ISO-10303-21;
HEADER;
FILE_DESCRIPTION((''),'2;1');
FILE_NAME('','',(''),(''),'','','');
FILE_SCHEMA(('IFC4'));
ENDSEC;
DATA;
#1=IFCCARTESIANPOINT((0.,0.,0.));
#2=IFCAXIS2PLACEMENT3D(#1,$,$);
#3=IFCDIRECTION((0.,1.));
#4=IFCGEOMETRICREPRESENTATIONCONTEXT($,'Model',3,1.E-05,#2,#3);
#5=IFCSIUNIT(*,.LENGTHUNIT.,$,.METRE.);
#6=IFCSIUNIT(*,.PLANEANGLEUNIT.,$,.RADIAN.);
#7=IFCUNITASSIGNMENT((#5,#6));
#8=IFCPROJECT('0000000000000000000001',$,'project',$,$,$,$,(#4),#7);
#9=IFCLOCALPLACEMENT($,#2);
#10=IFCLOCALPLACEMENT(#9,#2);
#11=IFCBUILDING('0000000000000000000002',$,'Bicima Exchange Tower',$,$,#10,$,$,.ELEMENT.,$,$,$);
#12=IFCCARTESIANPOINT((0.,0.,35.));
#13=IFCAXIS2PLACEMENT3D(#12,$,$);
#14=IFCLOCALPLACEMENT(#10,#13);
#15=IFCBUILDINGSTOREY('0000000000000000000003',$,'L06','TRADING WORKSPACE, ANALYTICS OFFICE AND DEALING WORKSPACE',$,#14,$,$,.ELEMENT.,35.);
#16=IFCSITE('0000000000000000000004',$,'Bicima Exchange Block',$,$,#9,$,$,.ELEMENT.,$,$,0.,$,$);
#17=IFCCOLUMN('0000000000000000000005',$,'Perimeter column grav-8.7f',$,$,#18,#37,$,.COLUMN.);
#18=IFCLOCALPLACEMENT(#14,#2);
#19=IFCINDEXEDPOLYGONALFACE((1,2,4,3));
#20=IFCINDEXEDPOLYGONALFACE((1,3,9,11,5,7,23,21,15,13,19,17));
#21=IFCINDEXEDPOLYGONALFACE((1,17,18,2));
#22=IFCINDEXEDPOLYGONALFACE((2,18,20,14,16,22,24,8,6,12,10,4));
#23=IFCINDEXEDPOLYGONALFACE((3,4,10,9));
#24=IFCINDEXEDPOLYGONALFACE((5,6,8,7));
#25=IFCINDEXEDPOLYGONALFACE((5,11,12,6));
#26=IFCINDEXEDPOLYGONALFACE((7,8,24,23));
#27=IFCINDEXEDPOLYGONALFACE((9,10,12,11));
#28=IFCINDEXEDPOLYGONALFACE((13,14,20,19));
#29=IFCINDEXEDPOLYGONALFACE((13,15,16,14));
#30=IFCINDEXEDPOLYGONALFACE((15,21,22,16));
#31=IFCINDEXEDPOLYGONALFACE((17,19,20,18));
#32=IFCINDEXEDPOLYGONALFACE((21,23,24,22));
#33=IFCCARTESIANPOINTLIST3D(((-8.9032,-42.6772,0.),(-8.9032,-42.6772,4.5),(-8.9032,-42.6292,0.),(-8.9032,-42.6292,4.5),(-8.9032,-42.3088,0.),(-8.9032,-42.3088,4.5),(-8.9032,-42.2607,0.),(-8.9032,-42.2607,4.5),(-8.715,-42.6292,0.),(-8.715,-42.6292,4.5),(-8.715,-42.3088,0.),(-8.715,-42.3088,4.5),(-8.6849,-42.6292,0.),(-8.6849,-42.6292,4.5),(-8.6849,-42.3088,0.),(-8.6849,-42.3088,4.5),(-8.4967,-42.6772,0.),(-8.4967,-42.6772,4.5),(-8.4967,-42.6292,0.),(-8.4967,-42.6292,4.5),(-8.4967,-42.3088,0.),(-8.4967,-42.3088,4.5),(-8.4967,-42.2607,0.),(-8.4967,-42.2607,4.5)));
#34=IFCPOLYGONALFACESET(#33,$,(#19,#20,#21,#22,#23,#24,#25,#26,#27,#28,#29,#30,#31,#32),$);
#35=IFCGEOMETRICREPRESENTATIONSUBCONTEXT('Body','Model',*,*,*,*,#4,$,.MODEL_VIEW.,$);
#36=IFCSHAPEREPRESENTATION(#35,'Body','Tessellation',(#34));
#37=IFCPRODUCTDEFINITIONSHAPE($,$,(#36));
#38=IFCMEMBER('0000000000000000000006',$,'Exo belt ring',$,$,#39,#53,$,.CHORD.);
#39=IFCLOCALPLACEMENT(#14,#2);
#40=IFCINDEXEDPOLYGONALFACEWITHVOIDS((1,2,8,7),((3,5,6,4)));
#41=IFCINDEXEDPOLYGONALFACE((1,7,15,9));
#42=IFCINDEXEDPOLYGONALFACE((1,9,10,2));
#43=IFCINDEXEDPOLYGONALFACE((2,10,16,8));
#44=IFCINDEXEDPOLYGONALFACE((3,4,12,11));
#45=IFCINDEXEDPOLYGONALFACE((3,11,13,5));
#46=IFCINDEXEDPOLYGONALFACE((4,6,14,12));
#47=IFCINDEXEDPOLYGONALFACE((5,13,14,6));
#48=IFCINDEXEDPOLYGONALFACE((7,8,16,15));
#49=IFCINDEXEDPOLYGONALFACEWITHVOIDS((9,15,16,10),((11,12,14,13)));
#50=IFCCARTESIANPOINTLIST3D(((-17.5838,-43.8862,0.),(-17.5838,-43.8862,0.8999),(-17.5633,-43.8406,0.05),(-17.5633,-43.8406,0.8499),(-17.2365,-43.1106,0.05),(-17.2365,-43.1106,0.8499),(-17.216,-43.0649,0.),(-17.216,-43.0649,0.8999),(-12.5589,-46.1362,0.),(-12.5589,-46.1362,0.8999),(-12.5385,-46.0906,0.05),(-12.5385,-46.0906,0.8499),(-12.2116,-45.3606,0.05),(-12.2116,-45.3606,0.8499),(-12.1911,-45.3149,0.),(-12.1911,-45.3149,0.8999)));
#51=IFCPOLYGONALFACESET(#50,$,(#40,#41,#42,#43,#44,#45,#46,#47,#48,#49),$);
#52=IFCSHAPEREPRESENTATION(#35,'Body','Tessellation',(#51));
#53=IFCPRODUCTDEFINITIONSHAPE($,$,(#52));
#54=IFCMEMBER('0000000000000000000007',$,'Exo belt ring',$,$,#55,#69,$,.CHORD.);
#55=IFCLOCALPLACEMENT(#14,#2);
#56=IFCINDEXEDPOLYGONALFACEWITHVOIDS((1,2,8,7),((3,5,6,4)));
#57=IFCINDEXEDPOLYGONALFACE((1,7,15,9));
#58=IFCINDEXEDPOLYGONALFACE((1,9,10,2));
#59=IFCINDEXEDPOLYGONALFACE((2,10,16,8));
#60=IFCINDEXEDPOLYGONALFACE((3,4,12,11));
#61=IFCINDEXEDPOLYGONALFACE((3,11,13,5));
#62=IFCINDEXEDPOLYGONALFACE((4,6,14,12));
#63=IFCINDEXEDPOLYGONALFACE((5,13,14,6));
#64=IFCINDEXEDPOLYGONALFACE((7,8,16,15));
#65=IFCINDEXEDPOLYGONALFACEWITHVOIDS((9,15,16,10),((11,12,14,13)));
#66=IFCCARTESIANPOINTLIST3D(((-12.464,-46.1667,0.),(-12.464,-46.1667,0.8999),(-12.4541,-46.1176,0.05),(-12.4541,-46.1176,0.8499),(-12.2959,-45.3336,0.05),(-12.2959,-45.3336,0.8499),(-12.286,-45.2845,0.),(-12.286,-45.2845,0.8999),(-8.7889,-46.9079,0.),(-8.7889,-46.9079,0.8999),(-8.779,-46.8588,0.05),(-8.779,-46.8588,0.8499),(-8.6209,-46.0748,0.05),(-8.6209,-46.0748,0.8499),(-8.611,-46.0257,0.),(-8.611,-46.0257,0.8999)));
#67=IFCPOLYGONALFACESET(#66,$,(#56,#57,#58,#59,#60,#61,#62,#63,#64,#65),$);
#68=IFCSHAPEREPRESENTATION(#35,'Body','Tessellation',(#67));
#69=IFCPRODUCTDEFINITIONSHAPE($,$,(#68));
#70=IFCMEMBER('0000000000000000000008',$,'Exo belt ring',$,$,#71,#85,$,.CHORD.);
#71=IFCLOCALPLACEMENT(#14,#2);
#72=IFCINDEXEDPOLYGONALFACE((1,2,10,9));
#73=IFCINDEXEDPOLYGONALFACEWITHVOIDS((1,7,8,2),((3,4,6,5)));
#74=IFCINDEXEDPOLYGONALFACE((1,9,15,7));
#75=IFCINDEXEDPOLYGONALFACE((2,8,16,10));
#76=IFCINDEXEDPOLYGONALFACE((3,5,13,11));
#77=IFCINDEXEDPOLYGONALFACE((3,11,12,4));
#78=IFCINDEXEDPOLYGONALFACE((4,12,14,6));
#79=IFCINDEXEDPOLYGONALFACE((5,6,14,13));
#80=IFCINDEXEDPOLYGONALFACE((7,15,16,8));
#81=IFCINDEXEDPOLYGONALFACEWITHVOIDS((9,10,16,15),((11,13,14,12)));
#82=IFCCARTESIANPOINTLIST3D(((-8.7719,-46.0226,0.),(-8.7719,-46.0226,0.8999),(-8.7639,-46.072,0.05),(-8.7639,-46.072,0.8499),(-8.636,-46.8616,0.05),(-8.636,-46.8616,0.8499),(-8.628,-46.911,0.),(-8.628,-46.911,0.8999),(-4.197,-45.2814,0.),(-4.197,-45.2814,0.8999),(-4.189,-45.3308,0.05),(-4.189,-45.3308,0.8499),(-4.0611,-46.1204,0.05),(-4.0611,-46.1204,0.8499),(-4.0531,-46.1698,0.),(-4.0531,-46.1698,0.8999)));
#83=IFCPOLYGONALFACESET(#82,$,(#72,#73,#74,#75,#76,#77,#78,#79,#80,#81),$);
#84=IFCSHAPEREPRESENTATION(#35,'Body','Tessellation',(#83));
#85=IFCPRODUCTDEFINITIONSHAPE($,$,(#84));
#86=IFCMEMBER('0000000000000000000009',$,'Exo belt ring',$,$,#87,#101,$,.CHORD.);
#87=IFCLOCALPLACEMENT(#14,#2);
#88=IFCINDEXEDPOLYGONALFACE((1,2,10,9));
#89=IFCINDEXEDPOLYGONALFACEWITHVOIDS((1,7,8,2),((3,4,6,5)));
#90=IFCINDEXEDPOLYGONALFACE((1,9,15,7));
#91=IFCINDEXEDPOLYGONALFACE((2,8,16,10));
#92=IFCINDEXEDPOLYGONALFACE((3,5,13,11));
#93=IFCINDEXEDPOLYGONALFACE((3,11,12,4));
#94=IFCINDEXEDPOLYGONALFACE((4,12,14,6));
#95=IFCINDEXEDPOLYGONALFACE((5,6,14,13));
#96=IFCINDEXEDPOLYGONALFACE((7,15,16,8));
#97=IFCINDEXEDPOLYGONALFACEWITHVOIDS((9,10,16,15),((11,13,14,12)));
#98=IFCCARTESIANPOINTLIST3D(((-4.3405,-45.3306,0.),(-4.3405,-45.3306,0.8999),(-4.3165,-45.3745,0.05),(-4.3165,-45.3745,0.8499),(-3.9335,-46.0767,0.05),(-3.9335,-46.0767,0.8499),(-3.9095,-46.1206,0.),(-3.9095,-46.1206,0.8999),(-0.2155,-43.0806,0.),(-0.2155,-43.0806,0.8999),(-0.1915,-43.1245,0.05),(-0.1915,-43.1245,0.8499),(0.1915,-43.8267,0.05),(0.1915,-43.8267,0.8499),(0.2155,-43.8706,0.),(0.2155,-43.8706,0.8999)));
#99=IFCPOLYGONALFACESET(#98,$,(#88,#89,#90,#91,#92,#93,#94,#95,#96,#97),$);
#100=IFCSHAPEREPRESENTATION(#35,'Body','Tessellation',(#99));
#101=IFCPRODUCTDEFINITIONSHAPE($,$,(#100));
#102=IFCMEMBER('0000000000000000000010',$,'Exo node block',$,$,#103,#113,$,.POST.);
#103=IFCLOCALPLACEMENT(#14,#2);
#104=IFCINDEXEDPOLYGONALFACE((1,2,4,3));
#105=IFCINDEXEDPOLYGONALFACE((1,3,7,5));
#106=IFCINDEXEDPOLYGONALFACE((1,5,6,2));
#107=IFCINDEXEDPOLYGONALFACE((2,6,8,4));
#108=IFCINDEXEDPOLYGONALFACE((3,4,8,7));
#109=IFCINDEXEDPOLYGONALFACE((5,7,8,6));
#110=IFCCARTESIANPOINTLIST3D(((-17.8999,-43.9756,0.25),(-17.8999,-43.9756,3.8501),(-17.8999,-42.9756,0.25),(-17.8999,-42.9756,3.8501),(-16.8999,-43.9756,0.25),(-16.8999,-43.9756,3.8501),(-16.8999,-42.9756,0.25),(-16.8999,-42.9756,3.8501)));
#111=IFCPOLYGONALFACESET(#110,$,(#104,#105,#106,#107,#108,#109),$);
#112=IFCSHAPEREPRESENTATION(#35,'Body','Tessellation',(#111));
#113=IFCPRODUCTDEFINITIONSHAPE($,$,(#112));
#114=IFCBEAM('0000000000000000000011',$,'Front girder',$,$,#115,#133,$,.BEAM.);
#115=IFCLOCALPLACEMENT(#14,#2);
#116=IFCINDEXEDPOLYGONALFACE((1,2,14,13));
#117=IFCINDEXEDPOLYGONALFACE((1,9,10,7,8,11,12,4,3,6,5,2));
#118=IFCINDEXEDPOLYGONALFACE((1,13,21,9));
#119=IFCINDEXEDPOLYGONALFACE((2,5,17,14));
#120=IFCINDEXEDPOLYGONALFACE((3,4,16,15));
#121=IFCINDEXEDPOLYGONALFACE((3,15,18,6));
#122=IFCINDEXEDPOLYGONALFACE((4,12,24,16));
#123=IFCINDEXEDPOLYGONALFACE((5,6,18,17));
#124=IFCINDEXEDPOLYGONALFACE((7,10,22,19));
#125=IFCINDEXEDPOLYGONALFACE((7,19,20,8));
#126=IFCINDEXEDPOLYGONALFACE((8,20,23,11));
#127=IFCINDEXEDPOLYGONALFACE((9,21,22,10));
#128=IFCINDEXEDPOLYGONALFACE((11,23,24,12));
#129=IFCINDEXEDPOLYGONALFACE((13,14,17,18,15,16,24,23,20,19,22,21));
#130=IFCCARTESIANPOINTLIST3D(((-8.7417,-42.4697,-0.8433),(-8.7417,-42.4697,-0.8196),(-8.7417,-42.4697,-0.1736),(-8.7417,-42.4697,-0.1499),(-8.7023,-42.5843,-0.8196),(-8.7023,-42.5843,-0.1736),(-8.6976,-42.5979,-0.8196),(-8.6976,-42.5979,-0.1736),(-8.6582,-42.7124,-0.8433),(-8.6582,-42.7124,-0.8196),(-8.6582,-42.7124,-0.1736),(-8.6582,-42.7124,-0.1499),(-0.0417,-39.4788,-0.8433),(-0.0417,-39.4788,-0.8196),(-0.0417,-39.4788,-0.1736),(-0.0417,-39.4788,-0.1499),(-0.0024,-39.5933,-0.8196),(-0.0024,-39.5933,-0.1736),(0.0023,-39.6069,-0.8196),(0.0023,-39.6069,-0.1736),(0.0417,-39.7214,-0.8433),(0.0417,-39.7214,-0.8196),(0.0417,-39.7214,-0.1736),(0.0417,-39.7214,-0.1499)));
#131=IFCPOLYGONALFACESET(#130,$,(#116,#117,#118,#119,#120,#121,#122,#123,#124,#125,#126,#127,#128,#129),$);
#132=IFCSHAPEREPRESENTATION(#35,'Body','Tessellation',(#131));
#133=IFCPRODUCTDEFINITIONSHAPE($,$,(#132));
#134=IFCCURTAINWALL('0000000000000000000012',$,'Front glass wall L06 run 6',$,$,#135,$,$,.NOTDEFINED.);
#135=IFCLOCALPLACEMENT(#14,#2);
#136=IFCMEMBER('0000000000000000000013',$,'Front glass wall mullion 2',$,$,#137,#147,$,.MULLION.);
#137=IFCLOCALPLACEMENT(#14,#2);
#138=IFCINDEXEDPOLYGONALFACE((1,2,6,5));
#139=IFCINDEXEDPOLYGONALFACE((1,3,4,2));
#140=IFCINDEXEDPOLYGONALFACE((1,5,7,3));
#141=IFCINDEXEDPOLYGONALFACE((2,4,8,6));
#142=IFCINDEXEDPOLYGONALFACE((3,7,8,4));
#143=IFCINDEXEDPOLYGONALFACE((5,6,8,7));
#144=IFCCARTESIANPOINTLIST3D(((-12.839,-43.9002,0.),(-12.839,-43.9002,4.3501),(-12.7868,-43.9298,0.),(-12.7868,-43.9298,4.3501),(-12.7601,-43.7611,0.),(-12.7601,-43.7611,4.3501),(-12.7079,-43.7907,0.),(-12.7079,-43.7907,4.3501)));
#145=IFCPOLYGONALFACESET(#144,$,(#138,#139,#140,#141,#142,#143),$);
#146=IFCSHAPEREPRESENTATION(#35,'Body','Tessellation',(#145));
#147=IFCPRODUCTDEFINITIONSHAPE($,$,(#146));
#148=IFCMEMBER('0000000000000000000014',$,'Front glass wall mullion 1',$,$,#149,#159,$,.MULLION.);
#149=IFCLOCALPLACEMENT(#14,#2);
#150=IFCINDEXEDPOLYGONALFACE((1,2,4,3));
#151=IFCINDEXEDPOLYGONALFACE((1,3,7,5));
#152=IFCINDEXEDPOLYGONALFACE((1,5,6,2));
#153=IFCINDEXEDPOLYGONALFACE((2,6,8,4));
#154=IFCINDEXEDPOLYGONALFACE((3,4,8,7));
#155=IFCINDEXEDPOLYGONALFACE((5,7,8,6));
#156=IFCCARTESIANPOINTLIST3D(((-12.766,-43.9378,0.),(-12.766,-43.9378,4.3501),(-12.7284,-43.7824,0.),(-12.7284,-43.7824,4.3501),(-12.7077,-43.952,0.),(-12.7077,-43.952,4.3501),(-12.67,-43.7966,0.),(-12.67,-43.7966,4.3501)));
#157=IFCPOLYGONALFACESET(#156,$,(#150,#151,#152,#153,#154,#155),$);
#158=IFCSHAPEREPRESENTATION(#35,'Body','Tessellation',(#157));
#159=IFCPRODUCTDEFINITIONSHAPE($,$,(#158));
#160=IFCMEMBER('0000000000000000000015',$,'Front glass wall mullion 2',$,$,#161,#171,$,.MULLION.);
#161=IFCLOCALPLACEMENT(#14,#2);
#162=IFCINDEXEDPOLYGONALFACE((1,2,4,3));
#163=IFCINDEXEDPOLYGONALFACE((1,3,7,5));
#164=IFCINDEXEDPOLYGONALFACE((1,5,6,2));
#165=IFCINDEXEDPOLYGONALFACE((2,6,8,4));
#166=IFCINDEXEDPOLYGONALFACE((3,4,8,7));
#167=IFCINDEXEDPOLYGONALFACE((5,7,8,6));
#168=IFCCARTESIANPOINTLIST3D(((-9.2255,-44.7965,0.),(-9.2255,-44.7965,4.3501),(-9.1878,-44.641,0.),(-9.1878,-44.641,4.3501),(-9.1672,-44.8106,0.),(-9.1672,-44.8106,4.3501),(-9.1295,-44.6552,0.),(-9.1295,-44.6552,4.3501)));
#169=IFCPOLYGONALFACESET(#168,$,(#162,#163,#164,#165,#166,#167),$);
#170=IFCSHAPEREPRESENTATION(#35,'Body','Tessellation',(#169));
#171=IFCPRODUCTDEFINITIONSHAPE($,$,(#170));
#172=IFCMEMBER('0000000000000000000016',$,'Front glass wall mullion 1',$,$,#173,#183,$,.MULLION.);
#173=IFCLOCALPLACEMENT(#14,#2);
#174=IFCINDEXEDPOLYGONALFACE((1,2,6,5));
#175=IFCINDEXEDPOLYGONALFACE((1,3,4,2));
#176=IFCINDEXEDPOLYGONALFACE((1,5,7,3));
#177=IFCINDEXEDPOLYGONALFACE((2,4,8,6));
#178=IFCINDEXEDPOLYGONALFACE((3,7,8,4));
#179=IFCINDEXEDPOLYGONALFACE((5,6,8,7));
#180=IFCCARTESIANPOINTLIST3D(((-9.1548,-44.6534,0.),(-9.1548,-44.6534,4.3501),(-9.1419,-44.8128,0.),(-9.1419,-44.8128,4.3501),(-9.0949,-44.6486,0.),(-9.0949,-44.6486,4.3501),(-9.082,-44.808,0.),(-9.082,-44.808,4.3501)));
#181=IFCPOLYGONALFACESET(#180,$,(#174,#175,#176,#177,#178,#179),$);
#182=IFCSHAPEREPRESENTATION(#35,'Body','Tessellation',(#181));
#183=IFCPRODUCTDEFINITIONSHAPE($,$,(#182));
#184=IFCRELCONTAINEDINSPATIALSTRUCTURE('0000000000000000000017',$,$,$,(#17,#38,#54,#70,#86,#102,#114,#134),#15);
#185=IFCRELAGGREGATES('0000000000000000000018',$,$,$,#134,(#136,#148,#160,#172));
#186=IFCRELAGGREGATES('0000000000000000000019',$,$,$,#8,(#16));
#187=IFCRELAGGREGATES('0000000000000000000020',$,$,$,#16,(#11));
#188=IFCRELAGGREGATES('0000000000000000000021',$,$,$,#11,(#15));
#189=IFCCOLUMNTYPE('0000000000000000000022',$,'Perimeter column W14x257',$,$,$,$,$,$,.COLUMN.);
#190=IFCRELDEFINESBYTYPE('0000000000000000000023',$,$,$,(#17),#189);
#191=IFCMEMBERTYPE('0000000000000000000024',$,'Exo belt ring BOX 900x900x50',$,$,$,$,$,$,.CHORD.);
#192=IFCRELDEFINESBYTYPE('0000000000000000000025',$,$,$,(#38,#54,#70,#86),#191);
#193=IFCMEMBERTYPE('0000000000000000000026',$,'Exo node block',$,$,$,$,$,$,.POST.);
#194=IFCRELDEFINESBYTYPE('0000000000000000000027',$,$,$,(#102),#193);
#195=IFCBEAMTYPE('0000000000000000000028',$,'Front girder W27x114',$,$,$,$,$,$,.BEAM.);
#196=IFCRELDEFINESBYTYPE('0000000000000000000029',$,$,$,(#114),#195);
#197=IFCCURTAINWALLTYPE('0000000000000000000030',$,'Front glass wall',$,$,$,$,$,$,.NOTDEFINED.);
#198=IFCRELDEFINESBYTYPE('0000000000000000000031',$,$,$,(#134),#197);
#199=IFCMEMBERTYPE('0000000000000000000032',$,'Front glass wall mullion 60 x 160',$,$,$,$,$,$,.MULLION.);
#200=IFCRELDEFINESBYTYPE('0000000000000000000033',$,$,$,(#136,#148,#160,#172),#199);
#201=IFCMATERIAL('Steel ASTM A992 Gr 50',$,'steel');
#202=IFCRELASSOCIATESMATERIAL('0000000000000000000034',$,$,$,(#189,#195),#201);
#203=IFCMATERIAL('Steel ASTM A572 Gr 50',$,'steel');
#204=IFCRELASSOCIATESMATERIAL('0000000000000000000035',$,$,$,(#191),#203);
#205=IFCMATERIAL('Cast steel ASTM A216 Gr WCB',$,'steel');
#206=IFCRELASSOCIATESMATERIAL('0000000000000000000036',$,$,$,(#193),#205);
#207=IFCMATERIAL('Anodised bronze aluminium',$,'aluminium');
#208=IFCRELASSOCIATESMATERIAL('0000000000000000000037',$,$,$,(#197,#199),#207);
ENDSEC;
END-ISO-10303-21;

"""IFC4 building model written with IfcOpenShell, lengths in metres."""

from ifc_helpers import new_model, si_unit, direction, frame, origin, origin_2d, place, context, subcontext, project, spatial, rectangle, hollow_rectangle, i_section, extrude, material, material_profile, profile_set, type_object, element, aggregate, save


model = new_model("IFC4")

# Units and contexts
model_context = context("Model", 3, precision=1e-05, world=origin(), true_north=direction((0.0, 1.0)))
body_context = subcontext(model_context, "Body", "Model", "MODEL_VIEW")
ifc_project = project(units=[si_unit("LENGTHUNIT", "METRE"), si_unit("PLANEANGLEUNIT", "RADIAN")], contexts=[model_context])

# Site, building, storey
site_placement = place(None, origin())
site = spatial("IfcSite", under=ifc_project, at=site_placement, Name="Bicima Exchange Block", CompositionType="ELEMENT", RefElevation=0.0)
building_placement = place(site_placement, origin())
building = spatial("IfcBuilding", under=site, at=building_placement, Name="Bicima Exchange Tower", CompositionType="ELEMENT")
storey_placement = place(building_placement, frame((0.0, 0.0, 35.0)))
storey = spatial("IfcBuildingStorey", under=building, at=storey_placement, Name="L06", Description="TRADING WORKSPACE, ANALYTICS OFFICE AND DEALING WORKSPACE", CompositionType="ELEMENT", Elevation=35.0)

# Column
ifc_material_1 = material(Name="Steel ASTM A992 Gr 50", Category="steel")
ifc_material_profile_1 = material_profile(ifc_material_1, i_section(OverallWidth=0.4065, OverallDepth=0.4165, WebThickness=0.03, FlangeThickness=0.0481, at=origin_2d()))
ifc_profile_set_1 = profile_set([ifc_material_profile_1], Name="Steel ASTM A992 Gr 50")
column_type = type_object("IfcColumnType", Name="Perimeter column W14x257", PredefinedType="COLUMN", material=ifc_profile_set_1)
column_placement = place(storey_placement, frame((-8.7, -42.469, 0.0), z_axis=(0.0, 0.0, 1.0), x_axis=(1.0, 0.0, 0.0)))
element("IfcColumn", 1, at=column_placement, inside=storey, type_object=column_type, Name="Perimeter column grav-8.7f", PredefinedType="COLUMN", context=body_context, shape_type="SweptSolid", body=[
    extrude(i_section(OverallWidth=0.4065, OverallDepth=0.4165, WebThickness=0.03, FlangeThickness=0.0481, at=origin_2d()), origin(), (0.0, 0.0, 1.0), 4.5),
])

# Members
ifc_material_2 = material(Name="Steel ASTM A572 Gr 50", Category="steel")
ifc_material_profile_2 = material_profile(ifc_material_2, hollow_rectangle(XDim=0.8999, YDim=0.8999, WallThickness=0.05, at=origin_2d()))
ifc_profile_set_2 = profile_set([ifc_material_profile_2], Name="Steel ASTM A572 Gr 50")
member_type_1 = type_object("IfcMemberType", Name="Exo belt ring BOX 900x900x50", PredefinedType="CHORD", material=ifc_profile_set_2)
member_1_placement = place(storey_placement, frame((-17.3999, -43.4756, 0.45), z_axis=(0.912682, -0.408671, 0.0), x_axis=(0.408671, 0.912682, 0.0)))
element("IfcMember", 2, at=member_1_placement, inside=storey, type_object=member_type_1, Name="Exo belt ring", PredefinedType="CHORD", context=body_context, shape_type="SweptSolid", body=[
    extrude(hollow_rectangle(XDim=0.8999, YDim=0.8999, WallThickness=0.05, at=origin_2d()), origin(), (0.0, 0.0, 1.0), 5.5056),
])
member_2_placement = place(storey_placement, frame((-12.375, -45.7256, 0.45), z_axis=(0.980261, -0.197706, 0.0), x_axis=(0.197706, 0.980261, 0.0)))
element("IfcMember", 3, at=member_2_placement, inside=storey, type_object=member_type_1, Name="Exo belt ring", PredefinedType="CHORD", context=body_context, shape_type="SweptSolid", body=[
    extrude(hollow_rectangle(XDim=0.8999, YDim=0.8999, WallThickness=0.05, at=origin_2d()), origin(), (0.0, 0.0, 1.0), 3.749),
])
member_3_placement = place(storey_placement, frame((-8.7, -46.4668, 0.45), z_axis=(0.987128, 0.15993, 0.0), x_axis=(-0.15993, 0.987128, 0.0)))
element("IfcMember", 4, at=member_3_placement, inside=storey, type_object=member_type_1, Name="Exo belt ring", PredefinedType="CHORD", context=body_context, shape_type="SweptSolid", body=[
    extrude(hollow_rectangle(XDim=0.8999, YDim=0.8999, WallThickness=0.05, at=origin_2d()), origin(), (0.0, 0.0, 1.0), 4.6345),
])
member_4_placement = place(storey_placement, frame((-4.125, -45.7256, 0.45), z_axis=(0.877896, 0.478852, 0.0), x_axis=(-0.478852, 0.877896, 0.0)))
element("IfcMember", 5, at=member_4_placement, inside=storey, type_object=member_type_1, Name="Exo belt ring", PredefinedType="CHORD", context=body_context, shape_type="SweptSolid", body=[
    extrude(hollow_rectangle(XDim=0.8999, YDim=0.8999, WallThickness=0.05, at=origin_2d()), origin(), (0.0, 0.0, 1.0), 4.6987),
])
ifc_material_3 = material(Name="Cast steel ASTM A216 Gr WCB", Category="steel")
ifc_material_profile_3 = material_profile(ifc_material_3, rectangle(XDim=1.0, YDim=1.0, at=origin_2d()))
ifc_profile_set_3 = profile_set([ifc_material_profile_3], Name="Cast steel ASTM A216 Gr WCB")
member_type_2 = type_object("IfcMemberType", Name="Exo node block", PredefinedType="POST", material=ifc_profile_set_3)
member_5_placement = place(storey_placement, frame((-17.3999, -43.4756, 0.25), z_axis=(0.0, 0.0, 1.0), x_axis=(1.0, 0.0, 0.0)))
element("IfcMember", 6, at=member_5_placement, inside=storey, type_object=member_type_2, Name="Exo node block", PredefinedType="POST", context=body_context, shape_type="SweptSolid", body=[
    extrude(rectangle(XDim=1.0, YDim=1.0, at=origin_2d()), origin(), (0.0, 0.0, 1.0), 3.6001),
])

# Beam
ifc_material_profile_4 = material_profile(ifc_material_1, i_section(OverallWidth=0.2566, OverallDepth=0.6934, WebThickness=0.0144, FlangeThickness=0.0237, at=origin_2d()))
ifc_profile_set_4 = profile_set([ifc_material_profile_4], Name="Steel ASTM A992 Gr 50")
beam_type = type_object("IfcBeamType", Name="Front girder W27x114", PredefinedType="BEAM", material=ifc_profile_set_4)
beam_placement = place(storey_placement, frame((-8.7, -42.5911, -0.4966), z_axis=(0.945675, 0.325115, 0.0), x_axis=(-0.325115, 0.945675, 0.0)))
element("IfcBeam", 7, at=beam_placement, inside=storey, type_object=beam_type, Name="Front girder", PredefinedType="BEAM", context=body_context, shape_type="SweptSolid", body=[
    extrude(i_section(OverallWidth=0.2566, OverallDepth=0.6934, WebThickness=0.0144, FlangeThickness=0.0237, at=origin_2d()), origin(), (0.0, 0.0, 1.0), 9.1997),
])

# Curtain wall, members
ifc_material_4 = material(Name="Anodised bronze aluminium", Category="aluminium")
curtain_wall_type = type_object("IfcCurtainWallType", Name="Front glass wall", PredefinedType="NOTDEFINED", material=ifc_material_4)
curtain_wall_placement = place(storey_placement, origin())
curtain_wall = element("IfcCurtainWall", 8, at=curtain_wall_placement, inside=storey, type_object=curtain_wall_type, Name="Front glass wall L06 run 6", PredefinedType="NOTDEFINED")
ifc_material_profile_5 = material_profile(ifc_material_4, rectangle(XDim=0.1599, YDim=0.0601, at=origin_2d()))
ifc_profile_set_5 = profile_set([ifc_material_profile_5], Name="Anodised bronze aluminium")
member_type_3 = type_object("IfcMemberType", Name="Front glass wall mullion 60 x 160", PredefinedType="MULLION", material=ifc_profile_set_5)
member_6_placement = place(storey_placement, frame((-12.7734, -43.8455, 0.0), z_axis=(0.0, 0.0, 1.0), x_axis=(0.493395, 0.869805, 0.0)))
member_6 = element("IfcMember", 9, at=member_6_placement, type_object=member_type_3, Name="Front glass wall mullion 2", PredefinedType="MULLION", context=body_context, shape_type="SweptSolid", body=[
    extrude(rectangle(XDim=0.1599, YDim=0.0601, at=origin_2d()), origin(), (0.0, 0.0, 1.0), 4.3501),
])
member_7_placement = place(storey_placement, frame((-12.718, -43.8672, 0.0), z_axis=(0.0, 0.0, 1.0), x_axis=(0.235682, 0.97183, 0.0)))
member_7 = element("IfcMember", 10, at=member_7_placement, type_object=member_type_3, Name="Front glass wall mullion 1", PredefinedType="MULLION", context=body_context, shape_type="SweptSolid", body=[
    extrude(rectangle(XDim=0.1599, YDim=0.0601, at=origin_2d()), origin(), (0.0, 0.0, 1.0), 4.3501),
])
member_8_placement = place(storey_placement, frame((-9.1775, -44.7258, 0.0), z_axis=(0.0, 0.0, 1.0), x_axis=(0.235682, 0.97183, 0.0)))
member_8 = element("IfcMember", 11, at=member_8_placement, type_object=member_type_3, Name="Front glass wall mullion 2", PredefinedType="MULLION", context=body_context, shape_type="SweptSolid", body=[
    extrude(rectangle(XDim=0.1599, YDim=0.0601, at=origin_2d()), origin(), (0.0, 0.0, 1.0), 4.3501),
])
member_9_placement = place(storey_placement, frame((-9.1184, -44.7307, 0.0), z_axis=(0.0, 0.0, 1.0), x_axis=(-0.080589, 0.996747, 0.0)))
member_9 = element("IfcMember", 12, at=member_9_placement, type_object=member_type_3, Name="Front glass wall mullion 1", PredefinedType="MULLION", context=body_context, shape_type="SweptSolid", body=[
    extrude(rectangle(XDim=0.1599, YDim=0.0601, at=origin_2d()), origin(), (0.0, 0.0, 1.0), 4.3501),
])

aggregate(curtain_wall, [member_6, member_7, member_8, member_9])

save(model, "model.ifc")
